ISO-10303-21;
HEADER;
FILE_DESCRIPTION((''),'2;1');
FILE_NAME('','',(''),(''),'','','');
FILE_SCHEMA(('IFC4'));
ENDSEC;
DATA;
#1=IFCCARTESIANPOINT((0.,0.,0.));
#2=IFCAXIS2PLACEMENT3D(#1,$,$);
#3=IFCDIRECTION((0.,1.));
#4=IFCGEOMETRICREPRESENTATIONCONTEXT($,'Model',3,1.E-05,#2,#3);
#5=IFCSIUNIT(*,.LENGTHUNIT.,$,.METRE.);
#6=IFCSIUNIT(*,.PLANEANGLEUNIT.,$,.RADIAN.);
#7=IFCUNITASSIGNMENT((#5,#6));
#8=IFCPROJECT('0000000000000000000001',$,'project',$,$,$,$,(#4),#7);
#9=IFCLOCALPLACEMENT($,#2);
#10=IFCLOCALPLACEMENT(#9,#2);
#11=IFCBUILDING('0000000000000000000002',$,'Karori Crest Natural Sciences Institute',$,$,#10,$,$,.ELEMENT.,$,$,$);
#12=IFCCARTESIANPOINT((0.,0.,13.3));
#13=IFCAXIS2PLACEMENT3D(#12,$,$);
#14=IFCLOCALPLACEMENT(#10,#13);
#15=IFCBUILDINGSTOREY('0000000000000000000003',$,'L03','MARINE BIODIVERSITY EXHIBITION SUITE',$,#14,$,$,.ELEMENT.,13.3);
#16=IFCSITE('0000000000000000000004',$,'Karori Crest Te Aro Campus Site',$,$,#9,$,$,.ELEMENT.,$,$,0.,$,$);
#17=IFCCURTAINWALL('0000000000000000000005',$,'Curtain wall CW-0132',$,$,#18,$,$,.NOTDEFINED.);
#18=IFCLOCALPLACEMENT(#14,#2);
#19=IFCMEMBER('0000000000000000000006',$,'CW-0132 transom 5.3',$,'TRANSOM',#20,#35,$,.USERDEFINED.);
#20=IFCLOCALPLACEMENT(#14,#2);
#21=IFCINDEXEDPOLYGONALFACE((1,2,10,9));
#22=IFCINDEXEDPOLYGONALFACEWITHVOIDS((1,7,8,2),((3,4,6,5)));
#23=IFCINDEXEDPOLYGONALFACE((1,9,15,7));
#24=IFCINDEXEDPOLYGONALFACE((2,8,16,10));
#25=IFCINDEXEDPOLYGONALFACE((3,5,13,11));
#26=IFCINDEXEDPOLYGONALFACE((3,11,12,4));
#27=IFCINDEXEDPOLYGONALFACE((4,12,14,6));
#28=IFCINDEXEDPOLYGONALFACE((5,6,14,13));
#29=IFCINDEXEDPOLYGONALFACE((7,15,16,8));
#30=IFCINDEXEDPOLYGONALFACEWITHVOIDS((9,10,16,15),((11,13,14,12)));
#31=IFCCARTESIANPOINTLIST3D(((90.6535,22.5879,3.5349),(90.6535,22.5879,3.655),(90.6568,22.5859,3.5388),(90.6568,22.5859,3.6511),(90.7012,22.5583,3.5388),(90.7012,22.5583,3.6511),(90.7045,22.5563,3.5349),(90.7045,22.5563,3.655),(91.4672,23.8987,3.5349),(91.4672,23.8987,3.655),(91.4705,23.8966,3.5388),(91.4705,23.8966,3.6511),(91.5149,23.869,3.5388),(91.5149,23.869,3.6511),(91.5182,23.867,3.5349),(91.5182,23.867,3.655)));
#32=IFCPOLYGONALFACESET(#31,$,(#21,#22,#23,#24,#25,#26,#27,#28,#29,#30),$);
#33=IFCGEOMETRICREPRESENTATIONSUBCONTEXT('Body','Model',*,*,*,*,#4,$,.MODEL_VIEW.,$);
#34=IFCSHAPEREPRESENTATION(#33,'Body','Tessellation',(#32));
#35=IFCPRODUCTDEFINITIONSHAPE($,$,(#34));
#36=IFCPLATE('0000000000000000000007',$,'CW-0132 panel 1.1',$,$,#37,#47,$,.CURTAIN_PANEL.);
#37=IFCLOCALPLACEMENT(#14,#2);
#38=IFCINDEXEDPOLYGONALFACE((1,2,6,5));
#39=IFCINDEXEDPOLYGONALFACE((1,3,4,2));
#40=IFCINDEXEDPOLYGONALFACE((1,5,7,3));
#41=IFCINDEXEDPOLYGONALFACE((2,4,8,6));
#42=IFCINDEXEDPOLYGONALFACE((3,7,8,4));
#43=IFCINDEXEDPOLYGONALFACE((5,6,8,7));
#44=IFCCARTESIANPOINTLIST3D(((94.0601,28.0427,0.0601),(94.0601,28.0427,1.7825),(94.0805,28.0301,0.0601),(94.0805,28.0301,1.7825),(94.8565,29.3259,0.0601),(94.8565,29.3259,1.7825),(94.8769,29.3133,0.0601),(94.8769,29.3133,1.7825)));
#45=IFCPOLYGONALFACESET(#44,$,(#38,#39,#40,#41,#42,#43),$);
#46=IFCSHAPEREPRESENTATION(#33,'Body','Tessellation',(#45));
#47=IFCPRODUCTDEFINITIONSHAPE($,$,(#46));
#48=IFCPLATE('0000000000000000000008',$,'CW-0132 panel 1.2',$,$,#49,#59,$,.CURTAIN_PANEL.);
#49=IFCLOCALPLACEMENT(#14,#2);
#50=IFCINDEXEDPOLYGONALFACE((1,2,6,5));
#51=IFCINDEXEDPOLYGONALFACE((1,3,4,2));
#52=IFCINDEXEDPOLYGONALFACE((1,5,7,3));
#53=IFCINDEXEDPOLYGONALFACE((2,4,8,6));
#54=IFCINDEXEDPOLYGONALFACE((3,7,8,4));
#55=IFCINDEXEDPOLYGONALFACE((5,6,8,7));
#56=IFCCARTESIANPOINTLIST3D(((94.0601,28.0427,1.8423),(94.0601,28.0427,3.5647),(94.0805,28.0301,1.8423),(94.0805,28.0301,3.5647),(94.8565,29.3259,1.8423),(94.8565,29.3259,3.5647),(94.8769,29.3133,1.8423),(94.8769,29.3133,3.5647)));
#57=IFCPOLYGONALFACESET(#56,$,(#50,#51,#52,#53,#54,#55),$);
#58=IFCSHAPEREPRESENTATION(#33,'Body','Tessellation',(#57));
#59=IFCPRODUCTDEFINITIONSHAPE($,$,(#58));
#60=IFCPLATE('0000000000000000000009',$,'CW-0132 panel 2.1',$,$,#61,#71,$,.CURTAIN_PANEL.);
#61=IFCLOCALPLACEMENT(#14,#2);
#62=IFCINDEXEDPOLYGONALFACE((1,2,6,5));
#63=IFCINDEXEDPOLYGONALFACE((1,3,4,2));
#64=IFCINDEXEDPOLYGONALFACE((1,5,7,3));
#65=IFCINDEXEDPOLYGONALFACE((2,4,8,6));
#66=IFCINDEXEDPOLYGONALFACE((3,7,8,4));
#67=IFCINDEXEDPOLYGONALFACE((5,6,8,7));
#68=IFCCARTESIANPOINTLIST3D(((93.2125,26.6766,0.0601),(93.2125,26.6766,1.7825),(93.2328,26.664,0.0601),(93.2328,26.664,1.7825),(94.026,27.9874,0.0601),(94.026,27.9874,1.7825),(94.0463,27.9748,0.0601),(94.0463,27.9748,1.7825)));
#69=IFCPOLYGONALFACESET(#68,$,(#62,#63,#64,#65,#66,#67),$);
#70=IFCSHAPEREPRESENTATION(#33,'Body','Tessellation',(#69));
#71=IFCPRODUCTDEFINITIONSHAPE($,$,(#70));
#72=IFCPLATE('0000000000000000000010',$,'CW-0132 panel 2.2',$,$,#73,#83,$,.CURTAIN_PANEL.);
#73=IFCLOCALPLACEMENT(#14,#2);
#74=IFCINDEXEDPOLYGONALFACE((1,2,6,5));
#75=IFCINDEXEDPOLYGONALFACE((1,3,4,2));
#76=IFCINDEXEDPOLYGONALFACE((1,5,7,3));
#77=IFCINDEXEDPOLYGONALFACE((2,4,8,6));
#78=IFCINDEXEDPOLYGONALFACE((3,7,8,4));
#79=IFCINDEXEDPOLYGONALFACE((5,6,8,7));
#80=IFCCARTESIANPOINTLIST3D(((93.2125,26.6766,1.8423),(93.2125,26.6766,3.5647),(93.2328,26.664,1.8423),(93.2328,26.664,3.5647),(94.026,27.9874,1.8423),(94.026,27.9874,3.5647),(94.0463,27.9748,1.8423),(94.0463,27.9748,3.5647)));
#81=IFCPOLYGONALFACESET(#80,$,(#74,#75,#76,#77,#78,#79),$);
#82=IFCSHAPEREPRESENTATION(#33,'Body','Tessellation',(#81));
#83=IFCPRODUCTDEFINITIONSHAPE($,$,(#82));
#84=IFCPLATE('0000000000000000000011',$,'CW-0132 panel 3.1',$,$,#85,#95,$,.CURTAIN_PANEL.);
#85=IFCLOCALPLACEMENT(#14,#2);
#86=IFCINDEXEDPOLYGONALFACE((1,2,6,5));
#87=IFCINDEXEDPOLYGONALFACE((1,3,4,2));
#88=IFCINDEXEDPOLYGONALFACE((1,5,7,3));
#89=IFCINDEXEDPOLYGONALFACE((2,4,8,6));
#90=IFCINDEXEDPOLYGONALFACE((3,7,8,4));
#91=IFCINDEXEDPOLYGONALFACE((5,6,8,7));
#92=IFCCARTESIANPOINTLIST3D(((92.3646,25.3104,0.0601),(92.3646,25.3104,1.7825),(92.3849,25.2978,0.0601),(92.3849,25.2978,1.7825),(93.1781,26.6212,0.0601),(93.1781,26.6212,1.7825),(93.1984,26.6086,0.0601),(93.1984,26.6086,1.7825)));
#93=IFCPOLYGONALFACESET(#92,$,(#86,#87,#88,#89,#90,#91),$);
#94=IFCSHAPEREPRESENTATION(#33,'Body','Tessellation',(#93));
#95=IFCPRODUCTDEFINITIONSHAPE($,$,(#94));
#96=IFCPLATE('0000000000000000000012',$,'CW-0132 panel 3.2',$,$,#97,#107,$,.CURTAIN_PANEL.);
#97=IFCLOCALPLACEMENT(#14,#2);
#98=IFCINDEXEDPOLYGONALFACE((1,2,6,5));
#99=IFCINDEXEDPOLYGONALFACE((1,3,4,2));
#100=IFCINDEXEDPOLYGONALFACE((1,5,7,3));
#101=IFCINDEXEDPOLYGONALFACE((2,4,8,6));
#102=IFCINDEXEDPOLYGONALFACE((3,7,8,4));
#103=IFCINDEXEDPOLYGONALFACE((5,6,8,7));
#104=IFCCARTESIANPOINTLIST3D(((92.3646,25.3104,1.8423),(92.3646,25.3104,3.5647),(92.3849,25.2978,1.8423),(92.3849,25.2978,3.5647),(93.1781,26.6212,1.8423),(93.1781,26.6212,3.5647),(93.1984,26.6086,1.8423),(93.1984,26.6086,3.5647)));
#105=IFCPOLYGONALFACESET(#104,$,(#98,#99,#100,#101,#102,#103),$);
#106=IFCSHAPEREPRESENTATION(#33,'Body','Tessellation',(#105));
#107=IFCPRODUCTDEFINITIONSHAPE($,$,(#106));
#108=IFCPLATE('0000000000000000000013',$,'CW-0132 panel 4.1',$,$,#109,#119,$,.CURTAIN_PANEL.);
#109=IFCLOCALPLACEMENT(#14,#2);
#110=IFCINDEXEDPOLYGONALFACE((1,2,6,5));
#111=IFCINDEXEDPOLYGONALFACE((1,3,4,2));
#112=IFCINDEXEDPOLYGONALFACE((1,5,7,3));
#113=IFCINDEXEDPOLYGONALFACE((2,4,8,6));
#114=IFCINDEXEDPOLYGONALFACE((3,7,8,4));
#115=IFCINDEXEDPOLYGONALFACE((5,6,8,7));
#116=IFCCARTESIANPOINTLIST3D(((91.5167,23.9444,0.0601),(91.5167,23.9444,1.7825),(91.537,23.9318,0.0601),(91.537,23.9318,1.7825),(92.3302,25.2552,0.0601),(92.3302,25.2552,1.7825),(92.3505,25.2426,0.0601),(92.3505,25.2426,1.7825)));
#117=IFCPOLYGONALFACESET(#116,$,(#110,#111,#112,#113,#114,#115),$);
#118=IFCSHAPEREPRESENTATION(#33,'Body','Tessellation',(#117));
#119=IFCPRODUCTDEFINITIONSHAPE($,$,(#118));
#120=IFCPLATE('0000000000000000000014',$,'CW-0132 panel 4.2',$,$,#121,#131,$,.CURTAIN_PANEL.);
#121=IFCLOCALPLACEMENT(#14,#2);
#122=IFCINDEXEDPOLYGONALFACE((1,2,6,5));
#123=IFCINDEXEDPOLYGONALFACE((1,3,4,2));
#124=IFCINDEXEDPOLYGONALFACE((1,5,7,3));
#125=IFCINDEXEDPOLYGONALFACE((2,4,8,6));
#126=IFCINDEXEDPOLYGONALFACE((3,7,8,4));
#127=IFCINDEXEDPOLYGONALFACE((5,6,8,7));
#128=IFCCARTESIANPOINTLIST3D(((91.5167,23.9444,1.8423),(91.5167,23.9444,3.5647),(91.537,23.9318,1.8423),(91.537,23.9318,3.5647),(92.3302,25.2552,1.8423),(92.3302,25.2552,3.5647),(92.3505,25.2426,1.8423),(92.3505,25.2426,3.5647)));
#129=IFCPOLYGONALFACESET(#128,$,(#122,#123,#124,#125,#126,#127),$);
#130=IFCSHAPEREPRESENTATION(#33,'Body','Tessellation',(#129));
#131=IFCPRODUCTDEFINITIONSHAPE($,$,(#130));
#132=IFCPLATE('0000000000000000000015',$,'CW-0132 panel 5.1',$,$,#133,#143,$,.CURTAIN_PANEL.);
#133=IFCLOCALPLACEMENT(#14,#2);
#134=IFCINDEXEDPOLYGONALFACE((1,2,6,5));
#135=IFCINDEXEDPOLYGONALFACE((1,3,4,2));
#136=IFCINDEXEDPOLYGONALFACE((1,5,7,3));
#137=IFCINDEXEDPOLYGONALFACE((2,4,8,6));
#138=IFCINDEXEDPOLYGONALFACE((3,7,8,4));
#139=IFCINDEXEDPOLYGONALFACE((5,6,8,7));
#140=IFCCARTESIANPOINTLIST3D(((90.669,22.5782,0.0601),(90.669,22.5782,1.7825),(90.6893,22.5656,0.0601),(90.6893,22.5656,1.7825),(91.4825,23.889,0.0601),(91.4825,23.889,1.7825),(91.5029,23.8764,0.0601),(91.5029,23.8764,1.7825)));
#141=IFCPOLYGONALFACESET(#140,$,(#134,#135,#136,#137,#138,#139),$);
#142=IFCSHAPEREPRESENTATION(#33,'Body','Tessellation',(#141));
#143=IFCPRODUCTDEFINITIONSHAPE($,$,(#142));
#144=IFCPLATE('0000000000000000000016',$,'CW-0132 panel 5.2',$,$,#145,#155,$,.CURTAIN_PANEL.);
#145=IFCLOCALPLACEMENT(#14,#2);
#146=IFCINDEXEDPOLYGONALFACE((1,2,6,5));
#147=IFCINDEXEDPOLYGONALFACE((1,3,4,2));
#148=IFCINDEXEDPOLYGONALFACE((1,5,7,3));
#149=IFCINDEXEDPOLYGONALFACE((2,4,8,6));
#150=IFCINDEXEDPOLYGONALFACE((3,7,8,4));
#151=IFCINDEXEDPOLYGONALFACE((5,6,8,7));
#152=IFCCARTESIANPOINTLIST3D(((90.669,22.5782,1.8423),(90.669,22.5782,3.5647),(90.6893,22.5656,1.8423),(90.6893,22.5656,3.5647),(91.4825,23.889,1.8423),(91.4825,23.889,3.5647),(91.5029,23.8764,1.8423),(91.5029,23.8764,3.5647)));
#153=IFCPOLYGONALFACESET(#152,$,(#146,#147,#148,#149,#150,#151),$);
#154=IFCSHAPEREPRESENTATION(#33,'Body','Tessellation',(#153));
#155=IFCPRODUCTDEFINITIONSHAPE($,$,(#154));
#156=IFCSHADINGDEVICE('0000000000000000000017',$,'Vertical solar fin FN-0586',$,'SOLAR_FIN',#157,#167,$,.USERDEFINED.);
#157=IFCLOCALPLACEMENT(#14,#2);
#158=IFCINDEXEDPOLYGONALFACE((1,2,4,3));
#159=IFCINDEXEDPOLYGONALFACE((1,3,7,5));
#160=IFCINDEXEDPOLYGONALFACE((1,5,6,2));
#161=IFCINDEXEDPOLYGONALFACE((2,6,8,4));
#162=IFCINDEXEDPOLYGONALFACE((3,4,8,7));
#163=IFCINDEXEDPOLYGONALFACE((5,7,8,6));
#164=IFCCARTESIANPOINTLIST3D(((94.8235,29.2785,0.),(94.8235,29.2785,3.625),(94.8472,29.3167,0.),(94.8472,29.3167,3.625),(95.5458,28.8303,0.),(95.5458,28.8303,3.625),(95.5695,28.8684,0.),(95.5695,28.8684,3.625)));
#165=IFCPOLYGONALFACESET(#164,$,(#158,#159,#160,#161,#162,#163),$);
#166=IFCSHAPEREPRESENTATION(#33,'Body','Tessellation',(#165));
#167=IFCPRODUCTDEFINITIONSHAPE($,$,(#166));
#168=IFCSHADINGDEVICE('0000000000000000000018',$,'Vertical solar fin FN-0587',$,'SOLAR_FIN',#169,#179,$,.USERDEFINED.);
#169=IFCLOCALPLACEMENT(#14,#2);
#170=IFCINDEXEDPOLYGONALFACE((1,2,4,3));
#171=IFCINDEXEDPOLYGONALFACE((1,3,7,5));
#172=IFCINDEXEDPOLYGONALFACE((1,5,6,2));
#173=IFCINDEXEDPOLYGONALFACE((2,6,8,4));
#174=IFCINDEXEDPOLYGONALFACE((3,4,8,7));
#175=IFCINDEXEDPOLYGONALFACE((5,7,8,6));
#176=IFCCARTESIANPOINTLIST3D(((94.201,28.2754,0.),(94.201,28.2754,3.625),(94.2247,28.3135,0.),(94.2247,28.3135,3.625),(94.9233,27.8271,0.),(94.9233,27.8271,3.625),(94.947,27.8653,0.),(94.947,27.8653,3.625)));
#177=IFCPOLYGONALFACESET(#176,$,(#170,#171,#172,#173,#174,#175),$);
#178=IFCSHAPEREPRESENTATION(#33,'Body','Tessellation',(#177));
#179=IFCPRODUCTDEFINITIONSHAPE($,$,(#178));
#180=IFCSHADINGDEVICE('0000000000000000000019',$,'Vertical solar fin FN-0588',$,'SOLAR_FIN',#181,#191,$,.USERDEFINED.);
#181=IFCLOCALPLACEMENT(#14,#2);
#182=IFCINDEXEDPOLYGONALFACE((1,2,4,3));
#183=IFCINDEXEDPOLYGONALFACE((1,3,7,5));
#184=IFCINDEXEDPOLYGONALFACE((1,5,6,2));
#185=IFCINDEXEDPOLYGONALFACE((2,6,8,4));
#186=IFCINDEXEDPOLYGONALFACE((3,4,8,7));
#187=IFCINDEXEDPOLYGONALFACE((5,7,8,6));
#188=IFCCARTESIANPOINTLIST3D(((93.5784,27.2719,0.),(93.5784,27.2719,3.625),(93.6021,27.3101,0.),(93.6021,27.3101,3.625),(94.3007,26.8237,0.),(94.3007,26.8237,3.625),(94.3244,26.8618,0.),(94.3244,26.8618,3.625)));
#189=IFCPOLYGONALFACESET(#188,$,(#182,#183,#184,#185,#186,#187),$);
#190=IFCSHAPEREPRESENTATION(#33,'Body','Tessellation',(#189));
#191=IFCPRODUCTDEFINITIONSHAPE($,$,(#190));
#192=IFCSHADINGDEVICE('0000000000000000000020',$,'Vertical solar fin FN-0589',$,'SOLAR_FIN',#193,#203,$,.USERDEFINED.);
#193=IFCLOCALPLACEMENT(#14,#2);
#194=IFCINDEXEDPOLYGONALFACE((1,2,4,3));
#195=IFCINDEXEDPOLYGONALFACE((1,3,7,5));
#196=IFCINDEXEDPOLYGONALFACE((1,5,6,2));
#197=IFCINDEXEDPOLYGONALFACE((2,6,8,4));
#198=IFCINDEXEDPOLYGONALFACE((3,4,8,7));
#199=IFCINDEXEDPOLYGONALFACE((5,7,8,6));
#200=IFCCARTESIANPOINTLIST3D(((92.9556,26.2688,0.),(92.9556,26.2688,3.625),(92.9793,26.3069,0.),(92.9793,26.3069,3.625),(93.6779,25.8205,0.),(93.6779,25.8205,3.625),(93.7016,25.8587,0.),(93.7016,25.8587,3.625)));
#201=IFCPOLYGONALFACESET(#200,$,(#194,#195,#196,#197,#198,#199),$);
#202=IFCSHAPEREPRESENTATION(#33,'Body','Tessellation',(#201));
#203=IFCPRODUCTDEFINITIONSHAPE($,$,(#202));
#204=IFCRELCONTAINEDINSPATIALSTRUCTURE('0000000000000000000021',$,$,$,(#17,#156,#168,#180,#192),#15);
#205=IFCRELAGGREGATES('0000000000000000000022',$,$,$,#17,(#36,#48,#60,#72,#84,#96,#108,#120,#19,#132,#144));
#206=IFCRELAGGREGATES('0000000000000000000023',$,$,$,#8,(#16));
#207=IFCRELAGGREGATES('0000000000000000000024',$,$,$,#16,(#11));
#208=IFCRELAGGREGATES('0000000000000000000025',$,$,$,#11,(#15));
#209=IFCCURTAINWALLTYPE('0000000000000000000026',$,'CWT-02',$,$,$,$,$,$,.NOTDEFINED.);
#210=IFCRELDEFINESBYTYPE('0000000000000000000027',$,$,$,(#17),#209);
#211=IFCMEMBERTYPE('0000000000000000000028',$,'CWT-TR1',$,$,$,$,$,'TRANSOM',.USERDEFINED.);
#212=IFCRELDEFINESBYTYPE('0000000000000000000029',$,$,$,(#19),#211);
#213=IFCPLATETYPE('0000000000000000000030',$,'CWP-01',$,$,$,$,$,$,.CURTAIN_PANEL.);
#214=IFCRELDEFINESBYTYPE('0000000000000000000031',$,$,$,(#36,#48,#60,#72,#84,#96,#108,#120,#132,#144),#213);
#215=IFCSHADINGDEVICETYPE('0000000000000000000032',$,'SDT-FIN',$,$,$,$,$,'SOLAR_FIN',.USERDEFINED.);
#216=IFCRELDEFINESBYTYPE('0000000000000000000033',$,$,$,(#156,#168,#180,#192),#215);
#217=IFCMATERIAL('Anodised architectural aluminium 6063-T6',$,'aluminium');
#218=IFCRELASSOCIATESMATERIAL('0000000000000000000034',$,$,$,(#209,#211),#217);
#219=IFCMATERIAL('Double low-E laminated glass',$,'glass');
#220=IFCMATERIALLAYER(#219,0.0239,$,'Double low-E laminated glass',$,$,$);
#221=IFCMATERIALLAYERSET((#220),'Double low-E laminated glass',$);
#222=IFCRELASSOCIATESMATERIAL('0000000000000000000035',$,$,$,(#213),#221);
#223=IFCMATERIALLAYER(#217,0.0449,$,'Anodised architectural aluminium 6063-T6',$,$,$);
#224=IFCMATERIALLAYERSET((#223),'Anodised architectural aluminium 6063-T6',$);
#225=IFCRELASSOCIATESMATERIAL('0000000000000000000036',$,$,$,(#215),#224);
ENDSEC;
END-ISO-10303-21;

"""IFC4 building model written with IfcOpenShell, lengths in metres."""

from ifc_helpers import new_model, si_unit, direction, frame, origin, origin_2d, place, context, subcontext, project, spatial, rectangle, hollow_rectangle, extrude, material, layer, layer_set, material_profile, profile_set, type_object, element, aggregate, save


model = new_model("IFC4")

# Units and contexts
model_context = context("Model", 3, precision=1e-05, world=origin(), true_north=direction((0.0, 1.0)))
body_context = subcontext(model_context, "Body", "Model", "MODEL_VIEW")
ifc_project = project(units=[si_unit("LENGTHUNIT", "METRE"), si_unit("PLANEANGLEUNIT", "RADIAN")], contexts=[model_context])

# Site, building, storey
site_placement = place(None, origin())
site = spatial("IfcSite", under=ifc_project, at=site_placement, Name="Karori Crest Te Aro Campus Site", CompositionType="ELEMENT", RefElevation=0.0)
building_placement = place(site_placement, origin())
building = spatial("IfcBuilding", under=site, at=building_placement, Name="Karori Crest Natural Sciences Institute", CompositionType="ELEMENT")
storey_placement = place(building_placement, frame((0.0, 0.0, 13.3)))
storey = spatial("IfcBuildingStorey", under=building, at=storey_placement, Name="L03", Description="MARINE BIODIVERSITY EXHIBITION SUITE", CompositionType="ELEMENT", Elevation=13.3)

# Curtain wall, member, plates
ifc_material_1 = material(Name="Anodised architectural aluminium 6063-T6", Category="aluminium")
curtain_wall_type = type_object("IfcCurtainWallType", Name="CWT-02", PredefinedType="NOTDEFINED", material=ifc_material_1)
curtain_wall_placement = place(storey_placement, origin())
curtain_wall = element("IfcCurtainWall", 1, at=curtain_wall_placement, inside=storey, type_object=curtain_wall_type, Name="Curtain wall CW-0132", PredefinedType="NOTDEFINED")
ifc_material_profile_1 = material_profile(ifc_material_1, hollow_rectangle(XDim=0.0601, YDim=0.1201, WallThickness=0.0039, at=origin_2d()), Name="CWT120x60x4")
ifc_profile_set_1 = profile_set([ifc_material_profile_1], Name="Anodised architectural aluminium 6063-T6")
member_type_1 = type_object("IfcMemberType", Name="CWT-TR1", ElementType="TRANSOM", PredefinedType="USERDEFINED", material=ifc_profile_set_1)
member_1_placement = place(storey_placement, frame((91.4927, 23.8828, 3.595), z_axis=(-0.527422, -0.849603, 0.0), x_axis=(0.849603, -0.527422, 0.0)))
member_1 = element("IfcMember", 2, at=member_1_placement, type_object=member_type_1, Name="CW-0132 transom 5.3", ObjectType="TRANSOM", PredefinedType="USERDEFINED", context=body_context, shape_type="SweptSolid", body=[
    extrude(hollow_rectangle(XDim=0.0601, YDim=0.1201, WallThickness=0.0039, at=origin_2d()), origin(), (0.0, 0.0, 1.0), 1.5427),
])
ifc_material_2 = material(Name="Double low-E laminated glass", Category="glass")
ifc_layer_1 = layer(ifc_material_2, 0.0239, Name="Double low-E laminated glass")
ifc_layer_set_1 = layer_set([ifc_layer_1], Name="Double low-E laminated glass")
plate_type = type_object("IfcPlateType", Name="CWP-01", PredefinedType="CURTAIN_PANEL", material=ifc_layer_set_1)
plate_1_placement = place(storey_placement, frame((94.4685, 28.678, 0.0601), z_axis=(0.0, 0.0, 1.0), x_axis=(-0.527324, -0.849664, 0.0)))
plate_1 = element("IfcPlate", 3, at=plate_1_placement, type_object=plate_type, Name="CW-0132 panel 1.1", PredefinedType="CURTAIN_PANEL", context=body_context, shape_type="SweptSolid", body=[
    extrude(rectangle(XDim=1.5103, YDim=0.0239, at=origin_2d()), origin(), (0.0, 0.0, 1.0), 1.7224),
])
plate_2_placement = place(storey_placement, frame((94.4685, 28.678, 1.8423), z_axis=(0.0, 0.0, 1.0), x_axis=(-0.527324, -0.849664, 0.0)))
plate_2 = element("IfcPlate", 4, at=plate_2_placement, type_object=plate_type, Name="CW-0132 panel 1.2", PredefinedType="CURTAIN_PANEL", context=body_context, shape_type="SweptSolid", body=[
    extrude(rectangle(XDim=1.5103, YDim=0.0239, at=origin_2d()), origin(), (0.0, 0.0, 1.0), 1.7224),
])
plate_3_placement = place(storey_placement, frame((93.6294, 27.3257, 0.0601), z_axis=(0.0, 0.0, 1.0), x_axis=(-0.527324, -0.849664, 0.0)))
plate_3 = element("IfcPlate", 5, at=plate_3_placement, type_object=plate_type, Name="CW-0132 panel 2.1", PredefinedType="CURTAIN_PANEL", context=body_context, shape_type="SweptSolid", body=[
    extrude(rectangle(XDim=1.5427, YDim=0.0239, at=origin_2d()), origin(), (0.0, 0.0, 1.0), 1.7224),
])
plate_4_placement = place(storey_placement, frame((93.6294, 27.3257, 1.8423), z_axis=(0.0, 0.0, 1.0), x_axis=(-0.527324, -0.849664, 0.0)))
plate_4 = element("IfcPlate", 6, at=plate_4_placement, type_object=plate_type, Name="CW-0132 panel 2.2", PredefinedType="CURTAIN_PANEL", context=body_context, shape_type="SweptSolid", body=[
    extrude(rectangle(XDim=1.5427, YDim=0.0239, at=origin_2d()), origin(), (0.0, 0.0, 1.0), 1.7224),
])
plate_5_placement = place(storey_placement, frame((92.7815, 25.9595, 0.0601), z_axis=(0.0, 0.0, 1.0), x_axis=(-0.527324, -0.849664, 0.0)))
plate_5 = element("IfcPlate", 7, at=plate_5_placement, type_object=plate_type, Name="CW-0132 panel 3.1", PredefinedType="CURTAIN_PANEL", context=body_context, shape_type="SweptSolid", body=[
    extrude(rectangle(XDim=1.5427, YDim=0.0239, at=origin_2d()), origin(), (0.0, 0.0, 1.0), 1.7224),
])
plate_6_placement = place(storey_placement, frame((92.7815, 25.9595, 1.8423), z_axis=(0.0, 0.0, 1.0), x_axis=(-0.527324, -0.849664, 0.0)))
plate_6 = element("IfcPlate", 8, at=plate_6_placement, type_object=plate_type, Name="CW-0132 panel 3.2", PredefinedType="CURTAIN_PANEL", context=body_context, shape_type="SweptSolid", body=[
    extrude(rectangle(XDim=1.5427, YDim=0.0239, at=origin_2d()), origin(), (0.0, 0.0, 1.0), 1.7224),
])
plate_7_placement = place(storey_placement, frame((91.9336, 24.5935, 0.0601), z_axis=(0.0, 0.0, 1.0), x_axis=(-0.527324, -0.849664, 0.0)))
plate_7 = element("IfcPlate", 9, at=plate_7_placement, type_object=plate_type, Name="CW-0132 panel 4.1", PredefinedType="CURTAIN_PANEL", context=body_context, shape_type="SweptSolid", body=[
    extrude(rectangle(XDim=1.5427, YDim=0.0239, at=origin_2d()), origin(), (0.0, 0.0, 1.0), 1.7224),
])
plate_8_placement = place(storey_placement, frame((91.9336, 24.5935, 1.8423), z_axis=(0.0, 0.0, 1.0), x_axis=(-0.527324, -0.849664, 0.0)))
plate_8 = element("IfcPlate", 10, at=plate_8_placement, type_object=plate_type, Name="CW-0132 panel 4.2", PredefinedType="CURTAIN_PANEL", context=body_context, shape_type="SweptSolid", body=[
    extrude(rectangle(XDim=1.5427, YDim=0.0239, at=origin_2d()), origin(), (0.0, 0.0, 1.0), 1.7224),
])
plate_9_placement = place(storey_placement, frame((91.0859, 23.2273, 0.0601), z_axis=(0.0, 0.0, 1.0), x_axis=(-0.527324, -0.849664, 0.0)))
plate_9 = element("IfcPlate", 11, at=plate_9_placement, type_object=plate_type, Name="CW-0132 panel 5.1", PredefinedType="CURTAIN_PANEL", context=body_context, shape_type="SweptSolid", body=[
    extrude(rectangle(XDim=1.5427, YDim=0.0239, at=origin_2d()), origin(), (0.0, 0.0, 1.0), 1.7224),
])
plate_10_placement = place(storey_placement, frame((91.0859, 23.2273, 1.8423), z_axis=(0.0, 0.0, 1.0), x_axis=(-0.527324, -0.849664, 0.0)))
plate_10 = element("IfcPlate", 12, at=plate_10_placement, type_object=plate_type, Name="CW-0132 panel 5.2", PredefinedType="CURTAIN_PANEL", context=body_context, shape_type="SweptSolid", body=[
    extrude(rectangle(XDim=1.5427, YDim=0.0239, at=origin_2d()), origin(), (0.0, 0.0, 1.0), 1.7224),
])
aggregate(curtain_wall, [plate_1, plate_2, plate_3, plate_4, plate_5, plate_6, plate_7, plate_8, member_1, plate_9, plate_10])

# Shading devices
ifc_layer_2 = layer(ifc_material_1, 0.0449, Name="Anodised architectural aluminium 6063-T6")
ifc_layer_set_2 = layer_set([ifc_layer_2], Name="Anodised architectural aluminium 6063-T6")
shading_device_type = type_object("IfcShadingDeviceType", Name="SDT-FIN", ElementType="SOLAR_FIN", PredefinedType="USERDEFINED", material=ifc_layer_set_2)
for number, where, z_axis, x_axis, name in (
    (13, (95.1965, 29.0735, 0.0), (0.0, 0.0, 1.0), (0.849665, -0.527324, 0.0), "Vertical solar fin FN-0586"),
    (14, (94.574, 28.0703, 0.0), (0.0, 0.0, 1.0), (0.849665, -0.527324, 0.0), "Vertical solar fin FN-0587"),
    (15, (93.9514, 27.0669, 0.0), (0.0, 0.0, 1.0), (0.849665, -0.527324, 0.0), "Vertical solar fin FN-0588"),
    (16, (93.3286, 26.0637, 0.0), (0.0, 0.0, 1.0), (0.849665, -0.527324, 0.0), "Vertical solar fin FN-0589"),
):
    element("IfcShadingDevice", number, at=place(storey_placement, frame(where, z_axis=z_axis, x_axis=x_axis)), inside=storey, type_object=shading_device_type, Name=name, ObjectType="SOLAR_FIN", PredefinedType="USERDEFINED", context=body_context, shape_type="SweptSolid", body=[
        extrude(rectangle(XDim=0.8501, YDim=0.0449, at=origin_2d()), origin(), (0.0, 0.0, 1.0), 3.625),
    ])

save(model, "model.ifc")
